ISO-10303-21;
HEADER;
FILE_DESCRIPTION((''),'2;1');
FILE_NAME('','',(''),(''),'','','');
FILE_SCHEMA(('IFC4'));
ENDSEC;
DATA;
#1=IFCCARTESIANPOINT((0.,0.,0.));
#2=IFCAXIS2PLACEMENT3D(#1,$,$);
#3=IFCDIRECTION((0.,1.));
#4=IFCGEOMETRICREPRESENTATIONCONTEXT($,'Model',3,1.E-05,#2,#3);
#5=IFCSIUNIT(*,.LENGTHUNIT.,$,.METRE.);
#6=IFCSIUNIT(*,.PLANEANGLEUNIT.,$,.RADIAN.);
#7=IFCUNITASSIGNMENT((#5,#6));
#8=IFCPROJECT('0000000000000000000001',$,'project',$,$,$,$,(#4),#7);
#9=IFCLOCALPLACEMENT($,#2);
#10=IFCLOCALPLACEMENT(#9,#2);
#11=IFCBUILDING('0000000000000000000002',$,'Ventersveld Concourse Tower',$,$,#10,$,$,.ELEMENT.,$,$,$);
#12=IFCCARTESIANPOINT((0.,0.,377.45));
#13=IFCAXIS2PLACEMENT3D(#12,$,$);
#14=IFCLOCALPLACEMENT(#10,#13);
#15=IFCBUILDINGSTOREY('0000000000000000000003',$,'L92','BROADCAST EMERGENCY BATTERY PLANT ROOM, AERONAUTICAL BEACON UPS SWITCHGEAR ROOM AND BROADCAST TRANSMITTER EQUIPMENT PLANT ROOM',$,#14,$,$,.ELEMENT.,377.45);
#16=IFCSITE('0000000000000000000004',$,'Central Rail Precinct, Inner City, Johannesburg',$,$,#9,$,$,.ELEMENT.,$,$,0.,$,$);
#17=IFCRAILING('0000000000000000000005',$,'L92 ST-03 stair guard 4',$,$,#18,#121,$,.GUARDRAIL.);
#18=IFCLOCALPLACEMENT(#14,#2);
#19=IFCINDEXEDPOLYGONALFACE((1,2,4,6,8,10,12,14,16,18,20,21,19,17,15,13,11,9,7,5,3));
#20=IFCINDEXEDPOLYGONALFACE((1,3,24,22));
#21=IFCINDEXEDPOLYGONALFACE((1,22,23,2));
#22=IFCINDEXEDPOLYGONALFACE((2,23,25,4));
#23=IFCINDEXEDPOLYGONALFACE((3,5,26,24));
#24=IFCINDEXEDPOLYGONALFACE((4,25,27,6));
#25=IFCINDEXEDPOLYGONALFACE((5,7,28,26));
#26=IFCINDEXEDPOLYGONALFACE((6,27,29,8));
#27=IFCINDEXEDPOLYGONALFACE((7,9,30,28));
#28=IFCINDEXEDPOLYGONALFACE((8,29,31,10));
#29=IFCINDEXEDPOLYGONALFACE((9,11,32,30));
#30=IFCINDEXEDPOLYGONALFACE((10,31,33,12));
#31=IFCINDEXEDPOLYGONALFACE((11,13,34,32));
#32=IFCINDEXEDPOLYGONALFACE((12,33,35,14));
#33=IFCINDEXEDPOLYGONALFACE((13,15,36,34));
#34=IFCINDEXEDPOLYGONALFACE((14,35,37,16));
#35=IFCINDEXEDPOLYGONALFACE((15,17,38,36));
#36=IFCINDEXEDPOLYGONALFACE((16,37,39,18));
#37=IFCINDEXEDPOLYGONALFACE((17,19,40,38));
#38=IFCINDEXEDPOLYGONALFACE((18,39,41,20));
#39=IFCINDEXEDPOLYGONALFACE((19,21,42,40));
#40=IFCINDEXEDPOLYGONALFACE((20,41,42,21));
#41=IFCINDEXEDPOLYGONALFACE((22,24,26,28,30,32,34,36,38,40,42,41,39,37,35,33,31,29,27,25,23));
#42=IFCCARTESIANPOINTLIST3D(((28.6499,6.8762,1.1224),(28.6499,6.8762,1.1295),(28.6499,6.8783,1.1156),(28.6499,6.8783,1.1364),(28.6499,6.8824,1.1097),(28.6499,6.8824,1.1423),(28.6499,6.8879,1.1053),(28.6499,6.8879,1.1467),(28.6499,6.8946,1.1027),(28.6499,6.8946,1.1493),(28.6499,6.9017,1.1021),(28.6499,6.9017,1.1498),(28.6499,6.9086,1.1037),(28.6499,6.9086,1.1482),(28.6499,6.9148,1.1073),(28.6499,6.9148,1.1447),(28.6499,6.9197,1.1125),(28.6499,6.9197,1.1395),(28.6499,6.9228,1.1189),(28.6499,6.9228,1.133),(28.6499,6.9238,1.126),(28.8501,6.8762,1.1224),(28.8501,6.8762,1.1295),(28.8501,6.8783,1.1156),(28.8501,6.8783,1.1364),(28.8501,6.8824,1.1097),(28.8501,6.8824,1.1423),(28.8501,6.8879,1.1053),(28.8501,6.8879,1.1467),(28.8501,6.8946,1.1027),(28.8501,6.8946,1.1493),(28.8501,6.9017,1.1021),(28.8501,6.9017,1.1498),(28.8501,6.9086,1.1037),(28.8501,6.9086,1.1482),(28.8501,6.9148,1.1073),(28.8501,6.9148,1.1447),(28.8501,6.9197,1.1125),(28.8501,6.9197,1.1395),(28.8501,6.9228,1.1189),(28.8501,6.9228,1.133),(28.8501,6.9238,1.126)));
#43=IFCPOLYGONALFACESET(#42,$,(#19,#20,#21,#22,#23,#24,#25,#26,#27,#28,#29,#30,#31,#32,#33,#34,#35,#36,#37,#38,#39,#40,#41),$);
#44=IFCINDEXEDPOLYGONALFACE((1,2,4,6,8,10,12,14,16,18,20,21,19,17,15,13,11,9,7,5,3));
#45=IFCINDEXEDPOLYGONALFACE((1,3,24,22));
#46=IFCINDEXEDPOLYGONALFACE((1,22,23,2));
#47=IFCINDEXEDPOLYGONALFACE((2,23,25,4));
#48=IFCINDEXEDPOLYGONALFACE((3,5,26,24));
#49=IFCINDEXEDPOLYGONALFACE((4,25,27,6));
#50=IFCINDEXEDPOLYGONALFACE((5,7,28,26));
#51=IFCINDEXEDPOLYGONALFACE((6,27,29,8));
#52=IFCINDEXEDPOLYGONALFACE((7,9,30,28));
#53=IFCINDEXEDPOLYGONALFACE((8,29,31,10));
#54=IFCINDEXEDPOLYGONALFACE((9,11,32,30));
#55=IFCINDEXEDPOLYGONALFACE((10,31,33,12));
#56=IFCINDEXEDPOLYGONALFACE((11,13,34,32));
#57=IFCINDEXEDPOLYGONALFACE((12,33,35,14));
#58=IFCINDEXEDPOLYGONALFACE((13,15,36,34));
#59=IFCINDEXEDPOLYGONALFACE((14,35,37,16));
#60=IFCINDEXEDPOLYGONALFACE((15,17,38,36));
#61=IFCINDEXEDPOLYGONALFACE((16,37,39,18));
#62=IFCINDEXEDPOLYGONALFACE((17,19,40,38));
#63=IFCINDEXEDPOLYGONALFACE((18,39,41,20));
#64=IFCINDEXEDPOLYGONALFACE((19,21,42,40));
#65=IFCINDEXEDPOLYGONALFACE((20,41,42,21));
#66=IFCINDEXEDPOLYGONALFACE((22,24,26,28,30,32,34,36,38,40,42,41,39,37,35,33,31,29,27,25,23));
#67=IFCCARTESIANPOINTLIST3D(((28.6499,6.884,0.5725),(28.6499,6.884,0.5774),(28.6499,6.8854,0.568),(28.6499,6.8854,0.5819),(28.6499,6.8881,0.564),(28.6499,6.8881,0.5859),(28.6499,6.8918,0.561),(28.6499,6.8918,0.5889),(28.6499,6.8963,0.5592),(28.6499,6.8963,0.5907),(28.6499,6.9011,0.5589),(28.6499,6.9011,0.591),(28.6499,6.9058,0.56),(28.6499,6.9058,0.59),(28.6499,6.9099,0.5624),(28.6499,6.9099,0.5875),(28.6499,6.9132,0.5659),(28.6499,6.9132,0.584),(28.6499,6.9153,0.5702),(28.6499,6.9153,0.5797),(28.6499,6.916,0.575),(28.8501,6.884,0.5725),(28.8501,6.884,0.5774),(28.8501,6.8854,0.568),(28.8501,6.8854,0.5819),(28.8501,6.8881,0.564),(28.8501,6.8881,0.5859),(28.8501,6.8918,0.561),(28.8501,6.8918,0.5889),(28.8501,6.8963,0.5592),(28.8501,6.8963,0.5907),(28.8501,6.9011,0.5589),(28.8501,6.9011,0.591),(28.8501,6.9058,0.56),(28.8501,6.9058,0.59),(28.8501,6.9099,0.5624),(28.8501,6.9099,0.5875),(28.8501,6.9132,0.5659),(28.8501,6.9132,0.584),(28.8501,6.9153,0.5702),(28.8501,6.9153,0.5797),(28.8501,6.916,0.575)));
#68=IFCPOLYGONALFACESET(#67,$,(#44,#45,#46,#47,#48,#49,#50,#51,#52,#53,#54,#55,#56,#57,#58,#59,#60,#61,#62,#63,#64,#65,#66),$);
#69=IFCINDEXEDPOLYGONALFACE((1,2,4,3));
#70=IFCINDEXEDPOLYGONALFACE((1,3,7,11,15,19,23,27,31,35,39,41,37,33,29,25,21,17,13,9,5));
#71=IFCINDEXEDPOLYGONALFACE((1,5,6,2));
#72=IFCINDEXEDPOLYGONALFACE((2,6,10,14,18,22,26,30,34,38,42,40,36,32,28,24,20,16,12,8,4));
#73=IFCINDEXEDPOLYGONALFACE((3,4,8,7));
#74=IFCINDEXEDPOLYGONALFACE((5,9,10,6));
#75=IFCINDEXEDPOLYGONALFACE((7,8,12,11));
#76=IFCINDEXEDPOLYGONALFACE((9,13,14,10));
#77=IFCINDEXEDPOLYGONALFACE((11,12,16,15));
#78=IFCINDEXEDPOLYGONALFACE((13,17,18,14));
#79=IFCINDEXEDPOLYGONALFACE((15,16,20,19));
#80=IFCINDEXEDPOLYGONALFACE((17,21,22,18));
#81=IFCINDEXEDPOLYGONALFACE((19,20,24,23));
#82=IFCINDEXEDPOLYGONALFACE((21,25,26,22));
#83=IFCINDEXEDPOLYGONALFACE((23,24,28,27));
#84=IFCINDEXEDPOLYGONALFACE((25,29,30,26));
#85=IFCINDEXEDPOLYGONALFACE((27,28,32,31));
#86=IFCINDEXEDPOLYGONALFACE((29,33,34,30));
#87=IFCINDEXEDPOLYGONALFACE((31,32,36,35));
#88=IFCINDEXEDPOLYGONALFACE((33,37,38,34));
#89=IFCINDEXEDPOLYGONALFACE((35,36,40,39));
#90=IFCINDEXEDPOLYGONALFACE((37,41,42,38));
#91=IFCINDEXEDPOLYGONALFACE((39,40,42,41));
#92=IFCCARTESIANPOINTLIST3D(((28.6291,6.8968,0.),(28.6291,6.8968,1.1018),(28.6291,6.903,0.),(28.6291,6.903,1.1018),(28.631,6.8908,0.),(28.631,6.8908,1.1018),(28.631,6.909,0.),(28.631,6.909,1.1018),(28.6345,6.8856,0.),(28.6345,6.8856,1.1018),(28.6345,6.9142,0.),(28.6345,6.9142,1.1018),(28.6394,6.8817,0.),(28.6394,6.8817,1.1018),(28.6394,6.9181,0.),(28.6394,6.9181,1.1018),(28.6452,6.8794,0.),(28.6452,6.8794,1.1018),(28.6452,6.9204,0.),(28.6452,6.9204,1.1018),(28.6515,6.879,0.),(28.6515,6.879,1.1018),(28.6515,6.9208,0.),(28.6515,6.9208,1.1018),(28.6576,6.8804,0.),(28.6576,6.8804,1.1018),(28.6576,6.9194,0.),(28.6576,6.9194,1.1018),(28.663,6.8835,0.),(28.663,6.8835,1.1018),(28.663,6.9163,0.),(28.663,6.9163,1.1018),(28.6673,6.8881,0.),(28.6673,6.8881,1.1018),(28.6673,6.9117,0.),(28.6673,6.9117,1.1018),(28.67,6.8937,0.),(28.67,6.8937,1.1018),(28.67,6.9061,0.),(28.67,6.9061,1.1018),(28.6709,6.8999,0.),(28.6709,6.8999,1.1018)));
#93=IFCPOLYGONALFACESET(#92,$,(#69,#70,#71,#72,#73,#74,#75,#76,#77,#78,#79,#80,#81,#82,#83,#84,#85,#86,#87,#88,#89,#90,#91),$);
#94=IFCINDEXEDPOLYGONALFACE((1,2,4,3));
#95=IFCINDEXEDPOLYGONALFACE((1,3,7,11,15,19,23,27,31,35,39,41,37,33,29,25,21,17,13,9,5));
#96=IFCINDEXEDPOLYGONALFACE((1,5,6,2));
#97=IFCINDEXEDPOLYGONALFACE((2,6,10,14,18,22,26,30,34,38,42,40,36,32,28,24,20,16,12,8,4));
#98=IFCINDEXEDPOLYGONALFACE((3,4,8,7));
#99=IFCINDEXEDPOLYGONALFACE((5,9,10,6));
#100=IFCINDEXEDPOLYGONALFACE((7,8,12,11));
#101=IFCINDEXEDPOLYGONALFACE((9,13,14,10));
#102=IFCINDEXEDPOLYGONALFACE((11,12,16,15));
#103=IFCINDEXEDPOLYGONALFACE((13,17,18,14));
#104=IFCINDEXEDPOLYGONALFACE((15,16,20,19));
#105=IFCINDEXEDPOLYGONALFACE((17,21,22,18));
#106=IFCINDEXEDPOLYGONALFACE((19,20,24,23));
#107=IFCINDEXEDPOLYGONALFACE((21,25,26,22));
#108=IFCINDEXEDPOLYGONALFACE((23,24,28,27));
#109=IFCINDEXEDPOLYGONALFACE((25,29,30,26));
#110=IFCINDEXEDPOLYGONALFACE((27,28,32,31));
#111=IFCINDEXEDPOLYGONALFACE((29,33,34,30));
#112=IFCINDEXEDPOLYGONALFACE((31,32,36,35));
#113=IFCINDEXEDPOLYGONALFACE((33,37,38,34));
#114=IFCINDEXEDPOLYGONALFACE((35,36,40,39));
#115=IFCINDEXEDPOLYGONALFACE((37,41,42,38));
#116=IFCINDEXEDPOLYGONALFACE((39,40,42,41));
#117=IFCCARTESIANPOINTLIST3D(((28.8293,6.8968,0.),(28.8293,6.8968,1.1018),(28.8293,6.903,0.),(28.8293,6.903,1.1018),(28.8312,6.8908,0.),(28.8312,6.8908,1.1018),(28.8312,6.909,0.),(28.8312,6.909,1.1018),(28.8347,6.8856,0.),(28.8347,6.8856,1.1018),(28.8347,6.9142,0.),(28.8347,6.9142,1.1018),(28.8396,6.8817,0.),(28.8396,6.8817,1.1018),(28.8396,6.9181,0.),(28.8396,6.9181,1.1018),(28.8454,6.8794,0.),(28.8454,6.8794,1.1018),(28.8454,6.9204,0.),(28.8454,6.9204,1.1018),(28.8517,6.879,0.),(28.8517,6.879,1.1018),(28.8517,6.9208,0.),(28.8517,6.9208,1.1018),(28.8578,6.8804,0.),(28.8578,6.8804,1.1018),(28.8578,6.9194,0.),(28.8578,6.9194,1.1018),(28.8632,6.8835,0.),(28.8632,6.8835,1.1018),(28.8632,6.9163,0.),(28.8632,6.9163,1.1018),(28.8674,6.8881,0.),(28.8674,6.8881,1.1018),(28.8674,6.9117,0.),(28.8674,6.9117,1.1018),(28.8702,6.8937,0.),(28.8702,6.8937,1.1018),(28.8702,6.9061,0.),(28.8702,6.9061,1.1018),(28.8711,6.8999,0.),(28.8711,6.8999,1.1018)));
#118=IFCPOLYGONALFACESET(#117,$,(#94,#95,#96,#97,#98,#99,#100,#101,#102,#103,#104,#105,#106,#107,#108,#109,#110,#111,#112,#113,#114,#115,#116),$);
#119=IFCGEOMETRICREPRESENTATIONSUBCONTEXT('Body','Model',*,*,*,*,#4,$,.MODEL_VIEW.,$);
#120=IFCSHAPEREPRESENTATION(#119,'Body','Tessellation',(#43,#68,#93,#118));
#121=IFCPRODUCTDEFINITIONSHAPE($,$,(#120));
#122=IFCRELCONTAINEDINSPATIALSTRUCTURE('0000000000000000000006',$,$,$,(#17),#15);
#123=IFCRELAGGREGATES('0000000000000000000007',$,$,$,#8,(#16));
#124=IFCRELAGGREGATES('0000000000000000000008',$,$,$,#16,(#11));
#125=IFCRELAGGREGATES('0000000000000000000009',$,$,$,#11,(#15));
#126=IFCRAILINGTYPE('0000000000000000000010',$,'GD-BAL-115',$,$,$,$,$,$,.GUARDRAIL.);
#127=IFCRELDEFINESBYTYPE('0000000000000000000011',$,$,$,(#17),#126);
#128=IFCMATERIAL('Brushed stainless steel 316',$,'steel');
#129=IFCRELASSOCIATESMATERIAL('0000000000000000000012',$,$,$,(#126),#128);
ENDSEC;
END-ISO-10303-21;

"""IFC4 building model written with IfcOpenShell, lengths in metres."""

from ifc_helpers import new_model, si_unit, direction, frame, origin, origin_2d, place, context, subcontext, project, spatial, circle, extrude, material, type_object, element, save


model = new_model("IFC4")

# Units and contexts
model_context = context("Model", 3, precision=1e-05, world=origin(), true_north=direction((0.0, 1.0)))
body_context = subcontext(model_context, "Body", "Model", "MODEL_VIEW")
ifc_project = project(units=[si_unit("LENGTHUNIT", "METRE"), si_unit("PLANEANGLEUNIT", "RADIAN")], contexts=[model_context])

# Site, building, storey
site_placement = place(None, origin())
site = spatial("IfcSite", under=ifc_project, at=site_placement, Name="Central Rail Precinct, Inner City, Johannesburg", CompositionType="ELEMENT", RefElevation=0.0)
building_placement = place(site_placement, origin())
building = spatial("IfcBuilding", under=site, at=building_placement, Name="Ventersveld Concourse Tower", CompositionType="ELEMENT")
storey_placement = place(building_placement, frame((0.0, 0.0, 377.45)))
storey = spatial("IfcBuildingStorey", under=building, at=storey_placement, Name="L92", Description="BROADCAST EMERGENCY BATTERY PLANT ROOM, AERONAUTICAL BEACON UPS SWITCHGEAR ROOM AND BROADCAST TRANSMITTER EQUIPMENT PLANT ROOM", CompositionType="ELEMENT", Elevation=377.45)

# Shared definitions
ifc_material_1 = material(Name="Brushed stainless steel 316", Category="steel")

# Railing
railing_type_1 = type_object("IfcRailingType", Name="GD-BAL-115", PredefinedType="GUARDRAIL", material=ifc_material_1)
railing_1_placement = place(storey_placement, frame((28.6499, 6.8999, 0.0)))
element("IfcRailing", 1, at=railing_1_placement, inside=storey, type_object=railing_type_1, Name="L92 ST-03 stair guard 4", PredefinedType="GUARDRAIL", context=body_context, shape_type="SweptSolid", body=[
    extrude(circle(Radius=0.0239, at=origin_2d()), frame((0.0, 0.0, 1.126), z_axis=(1.0, 0.0, 0.0), x_axis=(0.0, 1.0, 0.0)), (0.0, 0.0, 1.0), 0.2002),
    extrude(circle(Radius=0.0161, at=origin_2d()), frame((0.0, 0.0, 0.575), z_axis=(1.0, 0.0, 0.0), x_axis=(0.0, 1.0, 0.0)), (0.0, 0.0, 1.0), 0.2002),
    extrude(circle(Radius=0.021, at=origin_2d()), origin(), (0.0, 0.0, 1.0), 1.1018),
    extrude(circle(Radius=0.021, at=origin_2d()), frame((0.2002, 0.0, 0.0)), (0.0, 0.0, 1.0), 1.1018),
])

save(model, "model.ifc")
